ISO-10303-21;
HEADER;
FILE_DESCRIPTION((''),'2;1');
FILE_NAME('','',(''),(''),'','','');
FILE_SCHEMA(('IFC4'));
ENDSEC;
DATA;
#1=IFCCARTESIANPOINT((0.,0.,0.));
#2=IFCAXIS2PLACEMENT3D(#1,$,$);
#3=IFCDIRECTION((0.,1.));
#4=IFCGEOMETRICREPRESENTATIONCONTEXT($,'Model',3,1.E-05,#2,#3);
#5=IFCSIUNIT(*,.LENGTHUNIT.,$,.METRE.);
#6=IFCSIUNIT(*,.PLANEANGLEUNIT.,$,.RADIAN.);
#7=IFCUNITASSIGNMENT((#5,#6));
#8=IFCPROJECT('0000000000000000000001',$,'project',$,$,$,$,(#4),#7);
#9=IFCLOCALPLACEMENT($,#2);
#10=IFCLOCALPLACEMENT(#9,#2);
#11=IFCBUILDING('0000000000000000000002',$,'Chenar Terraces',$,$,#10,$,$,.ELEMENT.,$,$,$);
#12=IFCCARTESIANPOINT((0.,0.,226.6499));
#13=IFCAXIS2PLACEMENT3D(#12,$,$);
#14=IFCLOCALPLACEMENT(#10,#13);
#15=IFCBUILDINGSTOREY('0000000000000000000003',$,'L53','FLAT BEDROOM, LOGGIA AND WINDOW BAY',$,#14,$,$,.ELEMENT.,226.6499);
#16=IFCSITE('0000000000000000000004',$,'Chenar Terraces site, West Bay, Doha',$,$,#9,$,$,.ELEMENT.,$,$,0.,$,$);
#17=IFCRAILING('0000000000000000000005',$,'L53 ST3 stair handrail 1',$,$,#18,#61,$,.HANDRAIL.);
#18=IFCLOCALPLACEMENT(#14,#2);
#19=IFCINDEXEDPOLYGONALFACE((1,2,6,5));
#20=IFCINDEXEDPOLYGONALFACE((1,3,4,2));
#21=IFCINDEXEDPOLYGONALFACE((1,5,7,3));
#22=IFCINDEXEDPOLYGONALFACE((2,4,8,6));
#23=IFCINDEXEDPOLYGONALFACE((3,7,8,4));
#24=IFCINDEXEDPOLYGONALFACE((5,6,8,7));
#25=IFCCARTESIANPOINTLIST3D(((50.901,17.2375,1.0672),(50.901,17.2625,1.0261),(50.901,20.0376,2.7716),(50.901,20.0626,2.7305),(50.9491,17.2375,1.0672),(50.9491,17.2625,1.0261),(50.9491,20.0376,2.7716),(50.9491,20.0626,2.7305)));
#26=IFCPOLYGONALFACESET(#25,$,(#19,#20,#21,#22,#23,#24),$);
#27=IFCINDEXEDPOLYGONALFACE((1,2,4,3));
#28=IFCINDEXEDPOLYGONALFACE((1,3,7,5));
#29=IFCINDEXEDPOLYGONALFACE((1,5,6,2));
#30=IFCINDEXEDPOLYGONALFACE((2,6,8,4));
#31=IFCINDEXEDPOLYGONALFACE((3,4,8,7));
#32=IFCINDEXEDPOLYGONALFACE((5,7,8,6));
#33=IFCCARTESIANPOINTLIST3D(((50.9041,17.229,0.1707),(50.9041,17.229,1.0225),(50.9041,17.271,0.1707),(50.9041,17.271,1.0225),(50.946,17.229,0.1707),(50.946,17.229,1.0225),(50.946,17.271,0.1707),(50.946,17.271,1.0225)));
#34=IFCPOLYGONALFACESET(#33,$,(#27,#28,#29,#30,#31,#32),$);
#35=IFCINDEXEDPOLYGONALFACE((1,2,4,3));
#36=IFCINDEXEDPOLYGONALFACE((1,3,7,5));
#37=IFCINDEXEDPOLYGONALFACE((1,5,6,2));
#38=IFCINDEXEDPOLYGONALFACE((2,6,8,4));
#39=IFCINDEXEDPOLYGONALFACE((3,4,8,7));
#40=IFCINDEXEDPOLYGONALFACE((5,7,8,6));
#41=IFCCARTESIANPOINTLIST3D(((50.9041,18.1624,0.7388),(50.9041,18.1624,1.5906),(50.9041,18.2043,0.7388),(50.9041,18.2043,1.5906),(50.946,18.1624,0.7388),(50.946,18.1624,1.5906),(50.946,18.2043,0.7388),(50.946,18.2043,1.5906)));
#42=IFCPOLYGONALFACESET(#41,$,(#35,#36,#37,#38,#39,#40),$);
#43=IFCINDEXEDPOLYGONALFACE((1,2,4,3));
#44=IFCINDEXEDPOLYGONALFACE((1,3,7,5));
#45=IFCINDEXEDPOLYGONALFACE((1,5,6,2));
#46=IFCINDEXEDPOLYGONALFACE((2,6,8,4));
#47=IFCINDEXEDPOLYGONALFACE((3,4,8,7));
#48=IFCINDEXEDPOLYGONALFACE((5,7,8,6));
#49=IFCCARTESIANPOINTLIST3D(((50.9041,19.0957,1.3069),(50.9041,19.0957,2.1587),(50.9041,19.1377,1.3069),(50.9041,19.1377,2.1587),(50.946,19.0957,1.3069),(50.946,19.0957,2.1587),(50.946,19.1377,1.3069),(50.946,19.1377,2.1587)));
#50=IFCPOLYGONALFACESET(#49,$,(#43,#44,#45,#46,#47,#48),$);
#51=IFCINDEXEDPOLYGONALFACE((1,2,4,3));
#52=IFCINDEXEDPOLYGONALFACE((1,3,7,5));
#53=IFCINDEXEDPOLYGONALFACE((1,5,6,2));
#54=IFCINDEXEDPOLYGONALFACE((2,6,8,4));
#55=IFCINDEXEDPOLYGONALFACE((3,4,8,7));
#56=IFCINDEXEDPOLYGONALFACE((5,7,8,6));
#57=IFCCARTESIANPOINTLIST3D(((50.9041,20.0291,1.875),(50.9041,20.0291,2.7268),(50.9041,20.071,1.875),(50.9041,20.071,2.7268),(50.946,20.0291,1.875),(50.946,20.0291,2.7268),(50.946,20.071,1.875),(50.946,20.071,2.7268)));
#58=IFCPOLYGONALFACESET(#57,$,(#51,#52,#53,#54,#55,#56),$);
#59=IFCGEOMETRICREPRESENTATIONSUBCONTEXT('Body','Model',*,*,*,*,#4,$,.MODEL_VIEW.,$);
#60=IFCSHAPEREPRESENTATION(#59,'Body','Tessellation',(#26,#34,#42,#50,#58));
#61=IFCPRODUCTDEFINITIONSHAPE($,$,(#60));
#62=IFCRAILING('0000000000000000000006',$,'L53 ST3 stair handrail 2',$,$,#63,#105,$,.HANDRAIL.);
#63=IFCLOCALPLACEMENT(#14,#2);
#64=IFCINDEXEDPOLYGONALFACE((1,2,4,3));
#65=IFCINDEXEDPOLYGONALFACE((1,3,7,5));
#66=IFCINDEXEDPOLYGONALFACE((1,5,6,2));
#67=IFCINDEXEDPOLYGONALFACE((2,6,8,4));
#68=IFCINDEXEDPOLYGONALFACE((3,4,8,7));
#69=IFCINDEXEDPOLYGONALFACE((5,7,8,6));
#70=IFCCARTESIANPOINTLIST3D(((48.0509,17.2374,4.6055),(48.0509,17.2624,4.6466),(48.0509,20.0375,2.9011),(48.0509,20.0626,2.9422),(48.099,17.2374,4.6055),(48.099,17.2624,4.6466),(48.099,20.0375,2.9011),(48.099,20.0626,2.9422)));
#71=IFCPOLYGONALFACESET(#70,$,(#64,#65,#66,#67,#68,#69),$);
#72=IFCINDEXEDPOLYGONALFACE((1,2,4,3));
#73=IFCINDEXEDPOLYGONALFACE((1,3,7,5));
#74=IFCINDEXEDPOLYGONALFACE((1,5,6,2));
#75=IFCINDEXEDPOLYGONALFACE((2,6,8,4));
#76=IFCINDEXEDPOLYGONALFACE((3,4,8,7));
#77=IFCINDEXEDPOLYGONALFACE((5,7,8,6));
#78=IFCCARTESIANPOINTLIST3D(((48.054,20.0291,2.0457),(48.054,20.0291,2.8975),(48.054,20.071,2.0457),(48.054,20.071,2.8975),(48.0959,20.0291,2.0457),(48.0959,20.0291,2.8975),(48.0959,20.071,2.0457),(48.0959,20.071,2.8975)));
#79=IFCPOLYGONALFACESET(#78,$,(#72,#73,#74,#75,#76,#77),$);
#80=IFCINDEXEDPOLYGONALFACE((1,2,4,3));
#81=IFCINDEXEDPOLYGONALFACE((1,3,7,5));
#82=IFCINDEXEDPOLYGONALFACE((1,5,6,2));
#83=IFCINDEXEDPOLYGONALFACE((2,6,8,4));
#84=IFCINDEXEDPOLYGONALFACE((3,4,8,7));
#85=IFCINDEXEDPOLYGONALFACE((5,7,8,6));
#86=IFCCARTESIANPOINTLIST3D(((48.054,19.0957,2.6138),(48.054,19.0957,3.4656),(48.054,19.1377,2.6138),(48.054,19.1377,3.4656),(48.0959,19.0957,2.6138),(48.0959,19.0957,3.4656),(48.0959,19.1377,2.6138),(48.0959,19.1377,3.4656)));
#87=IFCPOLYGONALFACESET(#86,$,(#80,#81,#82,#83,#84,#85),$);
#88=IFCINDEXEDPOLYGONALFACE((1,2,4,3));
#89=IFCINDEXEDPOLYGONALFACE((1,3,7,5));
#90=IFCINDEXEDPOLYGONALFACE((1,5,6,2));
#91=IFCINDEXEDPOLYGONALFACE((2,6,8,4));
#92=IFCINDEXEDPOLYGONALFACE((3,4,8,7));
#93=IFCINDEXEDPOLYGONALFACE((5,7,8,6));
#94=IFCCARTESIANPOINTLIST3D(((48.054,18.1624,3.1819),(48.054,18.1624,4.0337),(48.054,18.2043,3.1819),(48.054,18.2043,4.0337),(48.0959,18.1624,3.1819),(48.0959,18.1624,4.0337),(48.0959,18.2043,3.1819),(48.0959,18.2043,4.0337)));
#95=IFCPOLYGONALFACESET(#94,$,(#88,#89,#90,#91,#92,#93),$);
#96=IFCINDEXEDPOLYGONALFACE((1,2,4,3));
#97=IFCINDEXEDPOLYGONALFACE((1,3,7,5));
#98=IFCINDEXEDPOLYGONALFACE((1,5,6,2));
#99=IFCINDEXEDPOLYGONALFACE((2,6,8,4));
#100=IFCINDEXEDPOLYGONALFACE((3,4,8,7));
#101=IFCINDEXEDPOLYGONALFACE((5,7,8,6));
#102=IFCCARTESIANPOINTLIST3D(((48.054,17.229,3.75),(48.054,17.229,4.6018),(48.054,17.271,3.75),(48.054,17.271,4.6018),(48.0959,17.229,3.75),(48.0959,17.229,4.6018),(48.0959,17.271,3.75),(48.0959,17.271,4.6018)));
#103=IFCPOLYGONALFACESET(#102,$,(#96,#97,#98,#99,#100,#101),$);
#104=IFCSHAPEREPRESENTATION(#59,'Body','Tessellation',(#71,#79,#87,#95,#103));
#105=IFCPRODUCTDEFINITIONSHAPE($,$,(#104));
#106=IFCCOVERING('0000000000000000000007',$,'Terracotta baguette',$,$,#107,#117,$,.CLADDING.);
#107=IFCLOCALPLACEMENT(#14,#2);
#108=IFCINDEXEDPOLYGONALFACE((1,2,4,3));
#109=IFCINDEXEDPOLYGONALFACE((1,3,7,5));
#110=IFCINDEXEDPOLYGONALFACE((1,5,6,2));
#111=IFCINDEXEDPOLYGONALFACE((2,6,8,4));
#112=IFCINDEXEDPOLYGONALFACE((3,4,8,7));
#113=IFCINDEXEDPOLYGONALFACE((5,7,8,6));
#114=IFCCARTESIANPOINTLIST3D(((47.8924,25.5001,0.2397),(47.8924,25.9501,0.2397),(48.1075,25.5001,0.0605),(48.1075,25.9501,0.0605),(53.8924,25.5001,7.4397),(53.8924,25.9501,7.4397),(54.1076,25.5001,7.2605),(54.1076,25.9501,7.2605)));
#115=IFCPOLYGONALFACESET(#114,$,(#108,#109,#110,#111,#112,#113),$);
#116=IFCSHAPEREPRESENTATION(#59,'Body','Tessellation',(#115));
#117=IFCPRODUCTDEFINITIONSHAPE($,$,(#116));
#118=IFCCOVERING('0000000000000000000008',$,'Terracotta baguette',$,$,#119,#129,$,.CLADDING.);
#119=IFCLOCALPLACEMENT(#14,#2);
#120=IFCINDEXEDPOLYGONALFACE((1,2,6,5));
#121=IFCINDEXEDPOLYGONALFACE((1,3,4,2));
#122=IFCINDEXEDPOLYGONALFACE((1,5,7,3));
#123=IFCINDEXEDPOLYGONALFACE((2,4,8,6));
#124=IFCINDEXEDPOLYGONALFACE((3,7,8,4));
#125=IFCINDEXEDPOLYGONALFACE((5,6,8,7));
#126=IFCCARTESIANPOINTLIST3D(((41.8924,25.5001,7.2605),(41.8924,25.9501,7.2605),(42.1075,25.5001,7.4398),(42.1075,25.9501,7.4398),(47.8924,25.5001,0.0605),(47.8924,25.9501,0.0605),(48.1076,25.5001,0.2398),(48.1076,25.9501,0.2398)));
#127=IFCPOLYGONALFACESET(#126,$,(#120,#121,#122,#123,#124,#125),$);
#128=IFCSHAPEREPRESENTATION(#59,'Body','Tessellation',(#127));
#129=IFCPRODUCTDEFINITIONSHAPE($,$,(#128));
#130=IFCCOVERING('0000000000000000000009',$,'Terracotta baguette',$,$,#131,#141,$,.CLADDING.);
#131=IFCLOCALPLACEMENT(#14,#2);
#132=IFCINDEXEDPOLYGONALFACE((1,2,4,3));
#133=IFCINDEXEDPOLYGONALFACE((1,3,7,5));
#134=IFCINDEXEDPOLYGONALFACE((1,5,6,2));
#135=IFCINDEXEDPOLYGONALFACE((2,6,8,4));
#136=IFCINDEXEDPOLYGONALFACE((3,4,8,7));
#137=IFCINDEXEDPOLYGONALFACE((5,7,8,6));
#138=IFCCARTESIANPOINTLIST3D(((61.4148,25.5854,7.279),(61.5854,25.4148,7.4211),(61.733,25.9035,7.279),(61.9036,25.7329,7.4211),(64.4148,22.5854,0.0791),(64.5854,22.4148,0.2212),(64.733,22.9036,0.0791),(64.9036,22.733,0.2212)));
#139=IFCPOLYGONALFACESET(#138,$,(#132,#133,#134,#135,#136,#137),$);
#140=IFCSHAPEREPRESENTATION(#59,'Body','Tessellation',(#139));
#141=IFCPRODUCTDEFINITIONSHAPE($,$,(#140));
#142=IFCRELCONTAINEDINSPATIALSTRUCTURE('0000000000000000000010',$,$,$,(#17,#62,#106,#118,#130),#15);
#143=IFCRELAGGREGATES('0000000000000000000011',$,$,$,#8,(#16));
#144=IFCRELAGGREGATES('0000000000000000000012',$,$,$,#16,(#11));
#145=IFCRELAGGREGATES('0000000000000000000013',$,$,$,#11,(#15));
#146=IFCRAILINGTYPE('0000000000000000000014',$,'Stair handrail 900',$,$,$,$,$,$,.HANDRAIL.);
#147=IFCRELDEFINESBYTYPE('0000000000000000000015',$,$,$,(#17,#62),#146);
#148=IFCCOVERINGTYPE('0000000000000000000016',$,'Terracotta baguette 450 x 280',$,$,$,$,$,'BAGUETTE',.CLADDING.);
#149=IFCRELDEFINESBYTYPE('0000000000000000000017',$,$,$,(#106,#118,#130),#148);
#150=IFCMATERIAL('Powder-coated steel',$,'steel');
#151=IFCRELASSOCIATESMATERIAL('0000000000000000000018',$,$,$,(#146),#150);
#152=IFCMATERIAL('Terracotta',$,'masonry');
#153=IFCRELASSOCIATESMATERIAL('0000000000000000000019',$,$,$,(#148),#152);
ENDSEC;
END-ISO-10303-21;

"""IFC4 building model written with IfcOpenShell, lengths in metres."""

from ifc_helpers import new_model, si_unit, direction, frame, origin, origin_2d, place, context, subcontext, project, spatial, rectangle, extrude, material, material_profile, profile_set, type_object, element, save


model = new_model("IFC4")

# Units and contexts
model_context = context("Model", 3, precision=1e-05, world=origin(), true_north=direction((0.0, 1.0)))
body_context = subcontext(model_context, "Body", "Model", "MODEL_VIEW")
ifc_project = project(units=[si_unit("LENGTHUNIT", "METRE"), si_unit("PLANEANGLEUNIT", "RADIAN")], contexts=[model_context])

# Site, building, storey
site_placement = place(None, origin())
site = spatial("IfcSite", under=ifc_project, at=site_placement, Name="Chenar Terraces site, West Bay, Doha", CompositionType="ELEMENT", RefElevation=0.0)
building_placement = place(site_placement, origin())
building = spatial("IfcBuilding", under=site, at=building_placement, Name="Chenar Terraces", CompositionType="ELEMENT")
storey_placement = place(building_placement, frame((0.0, 0.0, 226.6499)))
storey = spatial("IfcBuildingStorey", under=building, at=storey_placement, Name="L53", Description="FLAT BEDROOM, LOGGIA AND WINDOW BAY", CompositionType="ELEMENT", Elevation=226.6499)

# Railings
ifc_material_1 = material(Name="Powder-coated steel", Category="steel")
railing_type_1 = type_object("IfcRailingType", Name="Stair handrail 900", PredefinedType="HANDRAIL", material=ifc_material_1)
railing_1_placement = place(storey_placement, frame((50.925, 17.25, 0.1707)))
element("IfcRailing", 1, at=railing_1_placement, inside=storey, type_object=railing_type_1, Name="L53 ST3 stair handrail 1", PredefinedType="HANDRAIL", context=body_context, shape_type="SweptSolid", body=[
    extrude(rectangle(XDim=0.0481, YDim=0.0481, at=origin_2d()), frame((0.0, 0.0, 0.876), z_axis=(0.0, 0.854203, 0.51994), x_axis=(-1.0, 0.0, 0.0)), (0.0, 0.0, 1.0), 3.2781),
    extrude(rectangle(XDim=0.042, YDim=0.042, at=origin_2d()), origin(), (0.0, 0.0, 1.0), 0.8518),
    extrude(rectangle(XDim=0.042, YDim=0.042, at=origin_2d()), frame((0.0, 0.9333, 0.5681)), (0.0, 0.0, 1.0), 0.8518),
    extrude(rectangle(XDim=0.042, YDim=0.042, at=origin_2d()), frame((0.0, 1.8667, 1.1362)), (0.0, 0.0, 1.0), 0.8518),
    extrude(rectangle(XDim=0.042, YDim=0.042, at=origin_2d()), frame((0.0, 2.8, 1.7043)), (0.0, 0.0, 1.0), 0.8518),
])
railing_2_placement = place(storey_placement, frame((48.075, 20.05, 2.0457)))
element("IfcRailing", 2, at=railing_2_placement, inside=storey, type_object=railing_type_1, Name="L53 ST3 stair handrail 2", PredefinedType="HANDRAIL", context=body_context, shape_type="SweptSolid", body=[
    extrude(rectangle(XDim=0.0481, YDim=0.0481, at=origin_2d()), frame((0.0, 0.0, 0.876), z_axis=(0.0, -0.854203, 0.51994), x_axis=(1.0, 0.0, 0.0)), (0.0, 0.0, 1.0), 3.2781),
    extrude(rectangle(XDim=0.042, YDim=0.042, at=origin_2d()), origin(), (0.0, 0.0, 1.0), 0.8518),
    extrude(rectangle(XDim=0.042, YDim=0.042, at=origin_2d()), frame((0.0, -0.9333, 0.5681)), (0.0, 0.0, 1.0), 0.8518),
    extrude(rectangle(XDim=0.042, YDim=0.042, at=origin_2d()), frame((0.0, -1.8667, 1.1362)), (0.0, 0.0, 1.0), 0.8518),
    extrude(rectangle(XDim=0.042, YDim=0.042, at=origin_2d()), frame((0.0, -2.8, 1.7043)), (0.0, 0.0, 1.0), 0.8518),
])

# Coverings
ifc_material_2 = material(Name="Terracotta", Category="masonry")
ifc_material_profile_1 = material_profile(ifc_material_2, rectangle(XDim=0.45, YDim=0.28, at=origin_2d()), Name="Terracotta baguette 450 x 280")
ifc_profile_set_1 = profile_set([ifc_material_profile_1], Name="Terracotta")
covering_type = type_object("IfcCoveringType", Name="Terracotta baguette 450 x 280", ElementType="BAGUETTE", PredefinedType="CLADDING", material=ifc_profile_set_1)
for number, where, z_axis, x_axis, name in (
    (3, (54.0, 25.7251, 7.3501), (-0.640187, 0.0, -0.768219), (0.0, -1.0, 0.0), "Terracotta baguette"),
    (4, (48.0, 25.7251, 0.1501), (-0.640187, 0.0, 0.768219), (0.0, -1.0, 0.0), "Terracotta baguette"),
):
    element("IfcCovering", number, at=place(storey_placement, frame(where, z_axis=z_axis, x_axis=x_axis)), inside=storey, type_object=covering_type, Name=name, PredefinedType="CLADDING", context=body_context, shape_type="SweptSolid", body=[
        extrude(rectangle(XDim=0.45, YDim=0.28, at=origin_2d()), origin(), (0.0, 0.0, 1.0), 9.3723),
    ])
covering_placement = place(storey_placement, frame((64.6592, 22.6592, 0.1501), z_axis=(-0.358981, 0.358981, 0.861548), x_axis=(-0.707107, -0.707107, 0.0)))
element("IfcCovering", 5, at=covering_placement, inside=storey, type_object=covering_type, Name="Terracotta baguette", PredefinedType="CLADDING", context=body_context, shape_type="SweptSolid", body=[
    extrude(rectangle(XDim=0.45, YDim=0.28, at=origin_2d()), origin(), (0.0, 0.0, 1.0), 8.3569),
])

save(model, "model.ifc")
